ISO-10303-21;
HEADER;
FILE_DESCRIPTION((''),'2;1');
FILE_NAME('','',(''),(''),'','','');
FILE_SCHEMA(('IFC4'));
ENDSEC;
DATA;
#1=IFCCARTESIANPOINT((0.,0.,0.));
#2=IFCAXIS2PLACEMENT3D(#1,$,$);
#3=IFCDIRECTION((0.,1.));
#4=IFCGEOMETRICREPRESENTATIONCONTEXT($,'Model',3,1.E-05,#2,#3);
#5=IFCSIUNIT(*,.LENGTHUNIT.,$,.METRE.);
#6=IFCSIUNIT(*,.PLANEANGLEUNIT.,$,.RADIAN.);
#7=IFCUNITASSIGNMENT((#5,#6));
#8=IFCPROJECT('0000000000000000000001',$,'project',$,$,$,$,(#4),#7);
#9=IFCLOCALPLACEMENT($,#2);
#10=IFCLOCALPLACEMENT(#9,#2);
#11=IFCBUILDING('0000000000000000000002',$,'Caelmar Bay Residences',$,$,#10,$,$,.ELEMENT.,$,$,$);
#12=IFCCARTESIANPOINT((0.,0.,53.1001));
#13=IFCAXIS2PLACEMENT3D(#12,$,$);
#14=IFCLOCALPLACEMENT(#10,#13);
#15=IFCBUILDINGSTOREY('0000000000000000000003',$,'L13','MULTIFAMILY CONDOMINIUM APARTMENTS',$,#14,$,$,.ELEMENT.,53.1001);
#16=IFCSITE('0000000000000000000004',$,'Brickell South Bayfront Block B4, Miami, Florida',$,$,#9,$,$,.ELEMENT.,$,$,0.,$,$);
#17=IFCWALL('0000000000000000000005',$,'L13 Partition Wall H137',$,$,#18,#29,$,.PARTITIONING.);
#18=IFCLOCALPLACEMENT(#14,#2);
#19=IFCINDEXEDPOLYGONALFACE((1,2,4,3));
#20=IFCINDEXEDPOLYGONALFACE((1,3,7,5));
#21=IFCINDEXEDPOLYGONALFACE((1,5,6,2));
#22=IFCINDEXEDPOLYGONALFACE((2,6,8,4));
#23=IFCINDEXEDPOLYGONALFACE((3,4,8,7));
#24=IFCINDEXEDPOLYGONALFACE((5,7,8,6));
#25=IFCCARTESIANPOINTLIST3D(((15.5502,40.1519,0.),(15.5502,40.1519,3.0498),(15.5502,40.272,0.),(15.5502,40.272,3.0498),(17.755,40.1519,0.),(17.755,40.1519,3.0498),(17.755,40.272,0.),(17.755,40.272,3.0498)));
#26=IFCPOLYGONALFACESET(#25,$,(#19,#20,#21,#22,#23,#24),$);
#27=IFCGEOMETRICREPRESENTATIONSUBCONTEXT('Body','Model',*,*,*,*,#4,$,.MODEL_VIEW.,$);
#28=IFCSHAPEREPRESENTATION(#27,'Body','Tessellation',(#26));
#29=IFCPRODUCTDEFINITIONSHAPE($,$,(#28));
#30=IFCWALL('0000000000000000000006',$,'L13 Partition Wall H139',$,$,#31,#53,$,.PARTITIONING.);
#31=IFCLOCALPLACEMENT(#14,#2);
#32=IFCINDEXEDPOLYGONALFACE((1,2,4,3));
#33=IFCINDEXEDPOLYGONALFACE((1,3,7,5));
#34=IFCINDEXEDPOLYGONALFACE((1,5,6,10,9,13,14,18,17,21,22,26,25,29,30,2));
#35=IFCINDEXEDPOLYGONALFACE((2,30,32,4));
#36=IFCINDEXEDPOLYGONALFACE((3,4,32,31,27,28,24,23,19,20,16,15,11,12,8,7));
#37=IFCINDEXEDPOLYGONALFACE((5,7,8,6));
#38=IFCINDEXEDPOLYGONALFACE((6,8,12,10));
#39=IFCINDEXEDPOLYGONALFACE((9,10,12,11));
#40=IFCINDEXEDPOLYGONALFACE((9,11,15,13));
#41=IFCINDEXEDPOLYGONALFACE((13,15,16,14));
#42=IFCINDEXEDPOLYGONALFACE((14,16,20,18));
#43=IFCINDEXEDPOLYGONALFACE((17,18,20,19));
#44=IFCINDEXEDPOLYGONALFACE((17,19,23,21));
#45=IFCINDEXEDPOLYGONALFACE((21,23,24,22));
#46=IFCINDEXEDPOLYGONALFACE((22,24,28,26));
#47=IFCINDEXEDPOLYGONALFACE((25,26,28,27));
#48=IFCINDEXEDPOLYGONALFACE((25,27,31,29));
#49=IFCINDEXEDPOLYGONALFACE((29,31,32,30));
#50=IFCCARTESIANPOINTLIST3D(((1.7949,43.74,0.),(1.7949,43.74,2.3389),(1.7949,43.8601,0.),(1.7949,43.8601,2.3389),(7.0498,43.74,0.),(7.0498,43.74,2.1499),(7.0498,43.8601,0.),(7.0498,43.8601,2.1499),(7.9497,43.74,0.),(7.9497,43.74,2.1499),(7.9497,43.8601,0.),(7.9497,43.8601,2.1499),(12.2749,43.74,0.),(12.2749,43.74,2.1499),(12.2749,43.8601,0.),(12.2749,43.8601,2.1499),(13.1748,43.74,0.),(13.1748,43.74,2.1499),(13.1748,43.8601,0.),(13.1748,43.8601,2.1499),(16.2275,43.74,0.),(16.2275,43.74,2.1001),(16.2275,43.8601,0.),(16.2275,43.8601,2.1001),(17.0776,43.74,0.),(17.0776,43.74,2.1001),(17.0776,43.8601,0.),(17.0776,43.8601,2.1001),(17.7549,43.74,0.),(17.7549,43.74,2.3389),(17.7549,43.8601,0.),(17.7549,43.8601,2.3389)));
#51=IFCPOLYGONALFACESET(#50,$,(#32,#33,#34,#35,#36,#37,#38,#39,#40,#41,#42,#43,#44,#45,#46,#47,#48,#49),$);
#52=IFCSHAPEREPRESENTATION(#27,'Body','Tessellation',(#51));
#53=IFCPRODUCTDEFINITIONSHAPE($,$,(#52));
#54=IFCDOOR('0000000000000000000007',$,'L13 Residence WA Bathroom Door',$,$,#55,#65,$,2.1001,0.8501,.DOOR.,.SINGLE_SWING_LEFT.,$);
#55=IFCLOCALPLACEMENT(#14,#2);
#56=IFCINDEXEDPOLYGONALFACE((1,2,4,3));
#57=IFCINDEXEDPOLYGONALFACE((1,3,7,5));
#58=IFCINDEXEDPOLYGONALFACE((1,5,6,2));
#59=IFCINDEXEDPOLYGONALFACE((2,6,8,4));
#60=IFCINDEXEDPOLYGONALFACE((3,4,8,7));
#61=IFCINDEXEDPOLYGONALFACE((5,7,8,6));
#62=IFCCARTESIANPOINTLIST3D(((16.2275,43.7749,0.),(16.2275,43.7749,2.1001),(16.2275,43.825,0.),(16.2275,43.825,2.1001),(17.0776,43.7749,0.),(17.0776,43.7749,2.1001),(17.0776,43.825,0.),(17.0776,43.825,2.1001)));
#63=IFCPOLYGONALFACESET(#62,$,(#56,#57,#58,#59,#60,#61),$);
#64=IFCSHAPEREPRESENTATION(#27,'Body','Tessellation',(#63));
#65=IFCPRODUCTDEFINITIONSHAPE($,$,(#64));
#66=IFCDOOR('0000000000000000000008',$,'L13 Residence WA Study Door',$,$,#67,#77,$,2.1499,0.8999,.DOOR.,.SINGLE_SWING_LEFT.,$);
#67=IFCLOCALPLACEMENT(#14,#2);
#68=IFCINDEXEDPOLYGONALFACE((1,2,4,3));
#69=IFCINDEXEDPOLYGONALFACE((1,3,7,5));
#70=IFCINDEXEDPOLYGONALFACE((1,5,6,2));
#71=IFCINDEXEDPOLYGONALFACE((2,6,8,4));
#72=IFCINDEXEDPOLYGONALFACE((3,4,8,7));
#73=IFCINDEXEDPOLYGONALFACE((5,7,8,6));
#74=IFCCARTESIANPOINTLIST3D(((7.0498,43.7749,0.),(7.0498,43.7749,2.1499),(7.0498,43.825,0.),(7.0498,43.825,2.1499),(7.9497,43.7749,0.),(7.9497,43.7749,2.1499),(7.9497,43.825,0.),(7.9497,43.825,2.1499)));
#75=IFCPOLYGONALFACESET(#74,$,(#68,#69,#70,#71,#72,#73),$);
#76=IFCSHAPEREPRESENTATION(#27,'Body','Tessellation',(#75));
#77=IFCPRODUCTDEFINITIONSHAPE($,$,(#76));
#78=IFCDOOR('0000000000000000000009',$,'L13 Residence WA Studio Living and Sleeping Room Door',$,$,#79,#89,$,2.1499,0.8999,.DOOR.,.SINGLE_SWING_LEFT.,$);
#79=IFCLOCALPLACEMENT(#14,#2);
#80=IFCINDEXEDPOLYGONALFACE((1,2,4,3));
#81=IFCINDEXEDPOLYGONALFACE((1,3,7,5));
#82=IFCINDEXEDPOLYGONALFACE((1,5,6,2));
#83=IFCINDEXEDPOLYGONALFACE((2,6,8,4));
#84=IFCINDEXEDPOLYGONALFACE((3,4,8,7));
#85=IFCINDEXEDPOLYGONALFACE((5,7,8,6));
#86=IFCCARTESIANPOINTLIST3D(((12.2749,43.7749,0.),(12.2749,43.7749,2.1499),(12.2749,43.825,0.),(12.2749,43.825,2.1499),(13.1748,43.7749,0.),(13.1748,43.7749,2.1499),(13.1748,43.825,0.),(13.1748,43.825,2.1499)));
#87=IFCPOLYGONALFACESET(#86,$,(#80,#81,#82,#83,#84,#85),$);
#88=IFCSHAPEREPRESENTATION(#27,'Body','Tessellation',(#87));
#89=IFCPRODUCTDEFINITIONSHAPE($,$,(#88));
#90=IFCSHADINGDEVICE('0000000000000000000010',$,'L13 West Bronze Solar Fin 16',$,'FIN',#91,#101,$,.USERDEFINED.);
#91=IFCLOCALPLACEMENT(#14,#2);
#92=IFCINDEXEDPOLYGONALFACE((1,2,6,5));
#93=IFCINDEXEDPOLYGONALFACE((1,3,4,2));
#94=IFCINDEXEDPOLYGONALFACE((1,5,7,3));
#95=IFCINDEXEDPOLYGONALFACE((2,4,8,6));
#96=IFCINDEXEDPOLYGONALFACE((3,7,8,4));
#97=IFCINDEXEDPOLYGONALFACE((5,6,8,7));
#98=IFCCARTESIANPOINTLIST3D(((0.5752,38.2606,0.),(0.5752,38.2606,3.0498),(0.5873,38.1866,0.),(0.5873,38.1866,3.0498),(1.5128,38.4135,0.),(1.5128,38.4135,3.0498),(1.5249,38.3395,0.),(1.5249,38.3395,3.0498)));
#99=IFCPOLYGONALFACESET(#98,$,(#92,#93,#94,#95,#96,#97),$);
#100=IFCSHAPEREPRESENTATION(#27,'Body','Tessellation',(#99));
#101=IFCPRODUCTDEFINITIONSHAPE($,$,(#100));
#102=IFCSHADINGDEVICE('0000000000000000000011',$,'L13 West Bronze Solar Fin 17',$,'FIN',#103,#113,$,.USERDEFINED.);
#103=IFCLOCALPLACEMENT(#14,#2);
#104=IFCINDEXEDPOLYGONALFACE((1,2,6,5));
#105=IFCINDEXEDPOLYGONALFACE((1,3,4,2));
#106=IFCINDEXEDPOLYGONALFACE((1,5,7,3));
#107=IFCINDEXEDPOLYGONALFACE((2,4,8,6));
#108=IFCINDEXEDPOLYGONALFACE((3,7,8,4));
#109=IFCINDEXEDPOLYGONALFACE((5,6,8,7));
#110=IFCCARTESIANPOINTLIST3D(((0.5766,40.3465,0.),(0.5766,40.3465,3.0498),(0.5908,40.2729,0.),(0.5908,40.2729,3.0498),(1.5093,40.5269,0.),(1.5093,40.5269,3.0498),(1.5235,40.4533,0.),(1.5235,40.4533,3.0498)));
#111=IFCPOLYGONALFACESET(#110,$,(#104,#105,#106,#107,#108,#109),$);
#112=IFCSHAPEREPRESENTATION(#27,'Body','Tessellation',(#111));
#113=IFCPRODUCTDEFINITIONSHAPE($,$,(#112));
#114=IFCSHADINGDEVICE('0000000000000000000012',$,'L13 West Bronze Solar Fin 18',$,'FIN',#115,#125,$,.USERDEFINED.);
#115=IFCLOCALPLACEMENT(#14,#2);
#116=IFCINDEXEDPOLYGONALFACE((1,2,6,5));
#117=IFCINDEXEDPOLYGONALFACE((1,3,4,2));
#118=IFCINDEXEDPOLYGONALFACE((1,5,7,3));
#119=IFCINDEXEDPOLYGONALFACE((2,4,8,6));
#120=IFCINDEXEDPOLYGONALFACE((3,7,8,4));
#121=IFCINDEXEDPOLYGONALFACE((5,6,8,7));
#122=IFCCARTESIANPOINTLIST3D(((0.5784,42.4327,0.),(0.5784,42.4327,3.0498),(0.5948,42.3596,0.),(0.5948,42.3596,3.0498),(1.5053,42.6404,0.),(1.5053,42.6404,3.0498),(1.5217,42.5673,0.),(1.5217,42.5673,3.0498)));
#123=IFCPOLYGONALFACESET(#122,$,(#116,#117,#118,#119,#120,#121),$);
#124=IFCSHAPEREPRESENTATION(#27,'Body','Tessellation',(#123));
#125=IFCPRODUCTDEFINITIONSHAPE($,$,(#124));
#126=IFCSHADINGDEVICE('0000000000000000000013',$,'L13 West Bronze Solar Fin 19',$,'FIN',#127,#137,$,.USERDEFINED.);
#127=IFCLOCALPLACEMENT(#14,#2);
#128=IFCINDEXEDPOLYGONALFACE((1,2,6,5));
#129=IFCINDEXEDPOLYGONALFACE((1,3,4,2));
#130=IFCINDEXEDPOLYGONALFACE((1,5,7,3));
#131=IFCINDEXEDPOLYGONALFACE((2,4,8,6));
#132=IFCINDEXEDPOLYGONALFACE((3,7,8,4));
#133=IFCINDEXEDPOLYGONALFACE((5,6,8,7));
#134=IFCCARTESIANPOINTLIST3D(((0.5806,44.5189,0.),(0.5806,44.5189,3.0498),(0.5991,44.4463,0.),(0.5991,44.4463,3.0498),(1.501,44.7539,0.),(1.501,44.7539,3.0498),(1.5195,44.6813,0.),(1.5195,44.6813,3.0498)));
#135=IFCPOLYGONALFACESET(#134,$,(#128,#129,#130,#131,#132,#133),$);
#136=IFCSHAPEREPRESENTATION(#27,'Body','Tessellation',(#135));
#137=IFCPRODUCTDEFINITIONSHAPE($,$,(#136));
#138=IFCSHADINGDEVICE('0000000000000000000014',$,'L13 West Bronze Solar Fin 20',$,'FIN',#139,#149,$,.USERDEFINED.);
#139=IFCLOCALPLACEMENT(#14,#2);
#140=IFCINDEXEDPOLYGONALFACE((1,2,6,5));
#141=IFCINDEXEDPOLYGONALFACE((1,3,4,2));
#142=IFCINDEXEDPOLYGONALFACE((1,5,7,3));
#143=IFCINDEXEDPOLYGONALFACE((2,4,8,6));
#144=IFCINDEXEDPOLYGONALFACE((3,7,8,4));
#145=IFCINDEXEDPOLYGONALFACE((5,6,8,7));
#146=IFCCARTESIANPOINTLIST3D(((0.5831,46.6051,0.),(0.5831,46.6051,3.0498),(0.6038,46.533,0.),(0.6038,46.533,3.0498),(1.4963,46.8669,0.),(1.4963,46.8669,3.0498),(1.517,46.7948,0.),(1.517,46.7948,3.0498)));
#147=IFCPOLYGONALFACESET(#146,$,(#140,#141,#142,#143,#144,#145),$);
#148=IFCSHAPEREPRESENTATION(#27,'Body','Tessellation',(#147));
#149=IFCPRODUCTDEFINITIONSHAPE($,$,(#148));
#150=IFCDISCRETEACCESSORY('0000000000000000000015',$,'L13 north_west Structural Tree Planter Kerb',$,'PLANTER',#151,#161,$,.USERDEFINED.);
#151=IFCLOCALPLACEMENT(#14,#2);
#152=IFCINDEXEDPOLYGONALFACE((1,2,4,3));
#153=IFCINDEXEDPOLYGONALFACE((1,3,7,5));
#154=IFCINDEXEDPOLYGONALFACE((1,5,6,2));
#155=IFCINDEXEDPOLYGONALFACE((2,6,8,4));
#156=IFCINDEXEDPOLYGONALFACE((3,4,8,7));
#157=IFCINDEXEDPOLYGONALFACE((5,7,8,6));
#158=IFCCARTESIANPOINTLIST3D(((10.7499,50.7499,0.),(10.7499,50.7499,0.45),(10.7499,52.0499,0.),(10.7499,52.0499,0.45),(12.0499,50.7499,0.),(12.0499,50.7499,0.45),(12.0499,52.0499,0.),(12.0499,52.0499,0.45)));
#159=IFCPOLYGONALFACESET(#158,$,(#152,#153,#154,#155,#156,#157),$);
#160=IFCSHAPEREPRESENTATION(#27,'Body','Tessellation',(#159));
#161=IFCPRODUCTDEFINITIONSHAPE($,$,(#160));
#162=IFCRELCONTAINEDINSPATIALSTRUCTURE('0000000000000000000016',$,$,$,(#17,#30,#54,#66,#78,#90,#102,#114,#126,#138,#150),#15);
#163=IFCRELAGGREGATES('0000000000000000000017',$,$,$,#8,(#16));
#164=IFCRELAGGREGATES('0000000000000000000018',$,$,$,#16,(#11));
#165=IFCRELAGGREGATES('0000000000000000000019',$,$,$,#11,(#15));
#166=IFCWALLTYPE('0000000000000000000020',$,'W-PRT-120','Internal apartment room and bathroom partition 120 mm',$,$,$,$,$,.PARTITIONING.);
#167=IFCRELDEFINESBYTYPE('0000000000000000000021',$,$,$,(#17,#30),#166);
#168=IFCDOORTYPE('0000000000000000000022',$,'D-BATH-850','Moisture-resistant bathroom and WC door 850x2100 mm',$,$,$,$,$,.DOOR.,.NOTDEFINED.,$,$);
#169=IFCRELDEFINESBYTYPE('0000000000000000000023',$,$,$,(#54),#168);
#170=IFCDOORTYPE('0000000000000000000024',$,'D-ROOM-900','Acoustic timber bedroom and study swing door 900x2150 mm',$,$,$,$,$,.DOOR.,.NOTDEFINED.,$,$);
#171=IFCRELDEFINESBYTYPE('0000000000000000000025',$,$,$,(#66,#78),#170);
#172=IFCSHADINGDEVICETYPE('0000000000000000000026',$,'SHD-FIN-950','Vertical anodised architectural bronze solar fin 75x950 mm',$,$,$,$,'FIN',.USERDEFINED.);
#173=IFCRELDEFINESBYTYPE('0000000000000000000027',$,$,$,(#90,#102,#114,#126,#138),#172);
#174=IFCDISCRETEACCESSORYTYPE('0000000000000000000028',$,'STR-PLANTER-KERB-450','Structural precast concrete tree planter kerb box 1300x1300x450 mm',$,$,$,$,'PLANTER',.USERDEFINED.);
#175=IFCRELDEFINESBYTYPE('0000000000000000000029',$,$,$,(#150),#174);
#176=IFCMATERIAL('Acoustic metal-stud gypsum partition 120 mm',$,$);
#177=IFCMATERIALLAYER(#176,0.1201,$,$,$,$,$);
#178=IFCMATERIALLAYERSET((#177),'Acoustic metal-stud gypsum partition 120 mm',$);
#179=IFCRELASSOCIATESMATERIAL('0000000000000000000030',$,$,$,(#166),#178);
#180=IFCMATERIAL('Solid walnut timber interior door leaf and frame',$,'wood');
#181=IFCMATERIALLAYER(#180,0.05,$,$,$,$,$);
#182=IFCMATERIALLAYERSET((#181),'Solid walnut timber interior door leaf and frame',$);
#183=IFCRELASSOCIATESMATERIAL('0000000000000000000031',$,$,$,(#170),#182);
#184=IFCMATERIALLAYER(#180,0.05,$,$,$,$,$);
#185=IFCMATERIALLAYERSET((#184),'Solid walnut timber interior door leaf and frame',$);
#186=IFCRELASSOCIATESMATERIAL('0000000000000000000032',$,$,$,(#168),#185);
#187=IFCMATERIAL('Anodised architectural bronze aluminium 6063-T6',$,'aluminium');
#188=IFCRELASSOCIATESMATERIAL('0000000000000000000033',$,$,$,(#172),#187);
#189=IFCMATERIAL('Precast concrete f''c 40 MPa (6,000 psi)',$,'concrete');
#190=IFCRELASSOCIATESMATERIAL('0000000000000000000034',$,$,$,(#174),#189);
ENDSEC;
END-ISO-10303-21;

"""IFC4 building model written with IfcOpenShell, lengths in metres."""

from ifc_helpers import new_model, si_unit, direction, frame, frame_2d, origin, origin_2d, place, context, subcontext, project, spatial, rectangle, extrude, material, layer, layer_set, material_profile, profile_set, type_object, element, fill, save


model = new_model("IFC4")

# Units and contexts
model_context = context("Model", 3, precision=1e-05, world=origin(), true_north=direction((0.0, 1.0)))
body_context = subcontext(model_context, "Body", "Model", "MODEL_VIEW")
ifc_project = project(units=[si_unit("LENGTHUNIT", "METRE"), si_unit("PLANEANGLEUNIT", "RADIAN")], contexts=[model_context])

# Site, building, storey
site_placement = place(None, origin())
site = spatial("IfcSite", under=ifc_project, at=site_placement, Name="Brickell South Bayfront Block B4, Miami, Florida", CompositionType="ELEMENT", RefElevation=0.0)
building_placement = place(site_placement, origin())
building = spatial("IfcBuilding", under=site, at=building_placement, Name="Caelmar Bay Residences", CompositionType="ELEMENT")
storey_placement = place(building_placement, frame((0.0, 0.0, 53.1001)))
storey = spatial("IfcBuildingStorey", under=building, at=storey_placement, Name="L13", Description="MULTIFAMILY CONDOMINIUM APARTMENTS", CompositionType="ELEMENT", Elevation=53.1001)

# Shared definitions
ifc_material_1 = material(Name="Precast concrete f'c 40 MPa (6,000 psi)", Category="concrete")

# Shared definitions
ifc_material_2 = material(Name="Acoustic metal-stud gypsum partition 120 mm")
ifc_layer_1 = layer(ifc_material_2, 0.1201)
ifc_layer_set_1 = layer_set([ifc_layer_1], Name="Acoustic metal-stud gypsum partition 120 mm")
wall_type_1 = type_object("IfcWallType", Name="W-PRT-120", Description="Internal apartment room and bathroom partition 120 mm", PredefinedType="PARTITIONING", material=ifc_layer_set_1)
ifc_material_3 = material(Name="Solid walnut timber interior door leaf and frame", Category="wood")
ifc_layer_2 = layer(ifc_material_3, 0.05)
ifc_layer_set_2 = layer_set([ifc_layer_2], Name="Solid walnut timber interior door leaf and frame")
door_type_1 = type_object("IfcDoorType", Name="D-ROOM-900", Description="Acoustic timber bedroom and study swing door 900x2150 mm", OperationType="NOTDEFINED", PredefinedType="DOOR", material=ifc_layer_set_2)

# Wall
wall_1_placement = place(storey_placement, frame((15.55, 40.2119, 0.0), z_axis=(0.0, 0.0, 1.0), x_axis=(1.0, 0.0, 0.0)))
element("IfcWall", 1, at=wall_1_placement, inside=storey, type_object=wall_type_1, Name="L13 Partition Wall H137", PredefinedType="PARTITIONING", context=body_context, shape_type="SweptSolid", body=[
    extrude(rectangle(XDim=2.2048, YDim=0.1201, at=frame_2d((1.1025, 0.0))), origin(), (0.0, 0.0, 1.0), 3.0498),
])

# Wall, openings, doors
wall_2_placement = place(storey_placement, frame((1.7949, 43.8, 0.0), z_axis=(0.0, 0.0, 1.0), x_axis=(1.0, 0.0, 0.0)))
wall_2 = element("IfcWall", 2, at=wall_2_placement, inside=storey, type_object=wall_type_1, Name="L13 Partition Wall H139", PredefinedType="PARTITIONING", context=body_context, shape_type="SweptSolid", body=[
    extrude(rectangle(XDim=15.96, YDim=0.1201, at=frame_2d((7.98, 0.0))), origin(), (0.0, 0.0, 1.0), 2.3389),
])
opening_1_placement = place(wall_2_placement, frame((5.2549, 0.0, 0.0)))
opening_1 = element("IfcOpeningElement", 3, at=opening_1_placement, cuts=wall_2, PredefinedType="OPENING", context=body_context, shape_type="SweptSolid", body=[
    extrude(rectangle(XDim=0.8999, YDim=2.1499, at=frame_2d((0.45, 1.075))), frame((0.0, 0.0701, 0.0), z_axis=(0.0, -1.0, 0.0), x_axis=(1.0, 0.0, 0.0)), (0.0, 0.0, 1.0), 0.1401),
])
opening_2_placement = place(wall_2_placement, frame((10.48, 0.0, 0.0)))
opening_2 = element("IfcOpeningElement", 4, at=opening_2_placement, cuts=wall_2, PredefinedType="OPENING", context=body_context, shape_type="SweptSolid", body=[
    extrude(rectangle(XDim=0.8999, YDim=2.1499, at=frame_2d((0.45, 1.075))), frame((0.0, 0.0701, 0.0), z_axis=(0.0, -1.0, 0.0), x_axis=(1.0, 0.0, 0.0)), (0.0, 0.0, 1.0), 0.1401),
])
opening_3_placement = place(wall_2_placement, frame((14.4326, 0.0, 0.0)))
opening_3 = element("IfcOpeningElement", 5, at=opening_3_placement, cuts=wall_2, PredefinedType="OPENING", context=body_context, shape_type="SweptSolid", body=[
    extrude(rectangle(XDim=0.8501, YDim=2.1001, at=frame_2d((0.425, 1.05))), frame((0.0, 0.0701, 0.0), z_axis=(0.0, -1.0, 0.0), x_axis=(1.0, 0.0, 0.0)), (0.0, 0.0, 1.0), 0.1401),
])
ifc_layer_3 = layer(ifc_material_3, 0.05)
ifc_layer_set_3 = layer_set([ifc_layer_3], Name="Solid walnut timber interior door leaf and frame")
door_type_2 = type_object("IfcDoorType", Name="D-BATH-850", Description="Moisture-resistant bathroom and WC door 850x2100 mm", OperationType="NOTDEFINED", PredefinedType="DOOR", material=ifc_layer_set_3)
door_1_placement = place(opening_3_placement, origin())
door_1 = element("IfcDoor", 6, at=door_1_placement, inside=storey, type_object=door_type_2, Name="L13 Residence WA Bathroom Door", OperationType="SINGLE_SWING_LEFT", OverallHeight=2.1001, OverallWidth=0.8501, PredefinedType="DOOR", context=body_context, shape_type="SweptSolid", body=[
    extrude(rectangle(XDim=0.8501, YDim=2.1001, at=frame_2d((0.425, 1.05))), frame((0.0, 0.0249, 0.0), z_axis=(0.0, -1.0, 0.0), x_axis=(1.0, 0.0, 0.0)), (0.0, 0.0, 1.0), 0.05),
])
fill(opening_3, door_1)
door_2_placement = place(opening_1_placement, origin())
door_2 = element("IfcDoor", 7, at=door_2_placement, inside=storey, type_object=door_type_1, Name="L13 Residence WA Study Door", OperationType="SINGLE_SWING_LEFT", OverallHeight=2.1499, OverallWidth=0.8999, PredefinedType="DOOR", context=body_context, shape_type="SweptSolid", body=[
    extrude(rectangle(XDim=0.8999, YDim=2.1499, at=frame_2d((0.45, 1.075))), frame((0.0, 0.0249, 0.0), z_axis=(0.0, -1.0, 0.0), x_axis=(1.0, 0.0, 0.0)), (0.0, 0.0, 1.0), 0.05),
])
fill(opening_1, door_2)
door_3_placement = place(opening_2_placement, origin())
door_3 = element("IfcDoor", 8, at=door_3_placement, inside=storey, type_object=door_type_1, Name="L13 Residence WA Studio Living and Sleeping Room Door", OperationType="SINGLE_SWING_LEFT", OverallHeight=2.1499, OverallWidth=0.8999, PredefinedType="DOOR", context=body_context, shape_type="SweptSolid", body=[
    extrude(rectangle(XDim=0.8999, YDim=2.1499, at=frame_2d((0.45, 1.075))), frame((0.0, 0.0249, 0.0), z_axis=(0.0, -1.0, 0.0), x_axis=(1.0, 0.0, 0.0)), (0.0, 0.0, 1.0), 0.05),
])
fill(opening_2, door_3)

# Shading devices
ifc_material_4 = material(Name="Anodised architectural bronze aluminium 6063-T6", Category="aluminium")
ifc_material_profile_1 = material_profile(ifc_material_4, rectangle(XDim=0.075, YDim=0.95, at=origin_2d()), Name="BRONZE-FIN-75X950")
ifc_profile_set_1 = profile_set([ifc_material_profile_1], Name="Anodised architectural bronze aluminium 6063-T6")
shading_device_type = type_object("IfcShadingDeviceType", Name="SHD-FIN-950", Description="Vertical anodised architectural bronze solar fin 75x950 mm", ElementType="FIN", PredefinedType="USERDEFINED", material=ifc_profile_set_1)
for number, where, z_axis, x_axis, name in (
    (9, (1.05, 38.3, 0.0), (0.0, 0.0, 1.0), (-0.160915, 0.986968, 0.0), "L13 West Bronze Solar Fin 16"),
    (10, (1.05, 40.3999, 0.0), (0.0, 0.0, 1.0), (-0.189952, 0.981793, 0.0), "L13 West Bronze Solar Fin 17"),
    (11, (1.05, 42.5, 0.0), (0.0, 0.0, 1.0), (-0.218654, 0.975802, 0.0), "L13 West Bronze Solar Fin 18"),
    (12, (1.05, 44.6001, 0.0), (0.0, 0.0, 1.0), (-0.247337, 0.968929, 0.0), "L13 West Bronze Solar Fin 19"),
    (13, (1.05, 46.7, 0.0), (0.0, 0.0, 1.0), (-0.275637, 0.961262, 0.0), "L13 West Bronze Solar Fin 20"),
):
    element("IfcShadingDevice", number, at=place(storey_placement, frame(where, z_axis=z_axis, x_axis=x_axis)), inside=storey, type_object=shading_device_type, Name=name, ObjectType="FIN", PredefinedType="USERDEFINED", context=body_context, shape_type="SweptSolid", body=[
        extrude(rectangle(XDim=0.075, YDim=0.95, at=origin_2d()), origin(), (0.0, 0.0, 1.0), 3.0498),
    ])

# Discrete accessory
discrete_accessory_type = type_object("IfcDiscreteAccessoryType", Name="STR-PLANTER-KERB-450", Description="Structural precast concrete tree planter kerb box 1300x1300x450 mm", ElementType="PLANTER", PredefinedType="USERDEFINED", material=ifc_material_1)
discrete_accessory_placement = place(storey_placement, frame((11.3999, 51.3999, 0.0), z_axis=(0.0, 0.0, 1.0), x_axis=(1.0, 0.0, 0.0)))
element("IfcDiscreteAccessory", 14, at=discrete_accessory_placement, inside=storey, type_object=discrete_accessory_type, Name="L13 north_west Structural Tree Planter Kerb", ObjectType="PLANTER", PredefinedType="USERDEFINED", context=body_context, shape_type="SweptSolid", body=[
    extrude(rectangle(XDim=1.3, YDim=1.3, at=origin_2d()), origin(), (0.0, 0.0, 1.0), 0.45),
])

save(model, "model.ifc")
